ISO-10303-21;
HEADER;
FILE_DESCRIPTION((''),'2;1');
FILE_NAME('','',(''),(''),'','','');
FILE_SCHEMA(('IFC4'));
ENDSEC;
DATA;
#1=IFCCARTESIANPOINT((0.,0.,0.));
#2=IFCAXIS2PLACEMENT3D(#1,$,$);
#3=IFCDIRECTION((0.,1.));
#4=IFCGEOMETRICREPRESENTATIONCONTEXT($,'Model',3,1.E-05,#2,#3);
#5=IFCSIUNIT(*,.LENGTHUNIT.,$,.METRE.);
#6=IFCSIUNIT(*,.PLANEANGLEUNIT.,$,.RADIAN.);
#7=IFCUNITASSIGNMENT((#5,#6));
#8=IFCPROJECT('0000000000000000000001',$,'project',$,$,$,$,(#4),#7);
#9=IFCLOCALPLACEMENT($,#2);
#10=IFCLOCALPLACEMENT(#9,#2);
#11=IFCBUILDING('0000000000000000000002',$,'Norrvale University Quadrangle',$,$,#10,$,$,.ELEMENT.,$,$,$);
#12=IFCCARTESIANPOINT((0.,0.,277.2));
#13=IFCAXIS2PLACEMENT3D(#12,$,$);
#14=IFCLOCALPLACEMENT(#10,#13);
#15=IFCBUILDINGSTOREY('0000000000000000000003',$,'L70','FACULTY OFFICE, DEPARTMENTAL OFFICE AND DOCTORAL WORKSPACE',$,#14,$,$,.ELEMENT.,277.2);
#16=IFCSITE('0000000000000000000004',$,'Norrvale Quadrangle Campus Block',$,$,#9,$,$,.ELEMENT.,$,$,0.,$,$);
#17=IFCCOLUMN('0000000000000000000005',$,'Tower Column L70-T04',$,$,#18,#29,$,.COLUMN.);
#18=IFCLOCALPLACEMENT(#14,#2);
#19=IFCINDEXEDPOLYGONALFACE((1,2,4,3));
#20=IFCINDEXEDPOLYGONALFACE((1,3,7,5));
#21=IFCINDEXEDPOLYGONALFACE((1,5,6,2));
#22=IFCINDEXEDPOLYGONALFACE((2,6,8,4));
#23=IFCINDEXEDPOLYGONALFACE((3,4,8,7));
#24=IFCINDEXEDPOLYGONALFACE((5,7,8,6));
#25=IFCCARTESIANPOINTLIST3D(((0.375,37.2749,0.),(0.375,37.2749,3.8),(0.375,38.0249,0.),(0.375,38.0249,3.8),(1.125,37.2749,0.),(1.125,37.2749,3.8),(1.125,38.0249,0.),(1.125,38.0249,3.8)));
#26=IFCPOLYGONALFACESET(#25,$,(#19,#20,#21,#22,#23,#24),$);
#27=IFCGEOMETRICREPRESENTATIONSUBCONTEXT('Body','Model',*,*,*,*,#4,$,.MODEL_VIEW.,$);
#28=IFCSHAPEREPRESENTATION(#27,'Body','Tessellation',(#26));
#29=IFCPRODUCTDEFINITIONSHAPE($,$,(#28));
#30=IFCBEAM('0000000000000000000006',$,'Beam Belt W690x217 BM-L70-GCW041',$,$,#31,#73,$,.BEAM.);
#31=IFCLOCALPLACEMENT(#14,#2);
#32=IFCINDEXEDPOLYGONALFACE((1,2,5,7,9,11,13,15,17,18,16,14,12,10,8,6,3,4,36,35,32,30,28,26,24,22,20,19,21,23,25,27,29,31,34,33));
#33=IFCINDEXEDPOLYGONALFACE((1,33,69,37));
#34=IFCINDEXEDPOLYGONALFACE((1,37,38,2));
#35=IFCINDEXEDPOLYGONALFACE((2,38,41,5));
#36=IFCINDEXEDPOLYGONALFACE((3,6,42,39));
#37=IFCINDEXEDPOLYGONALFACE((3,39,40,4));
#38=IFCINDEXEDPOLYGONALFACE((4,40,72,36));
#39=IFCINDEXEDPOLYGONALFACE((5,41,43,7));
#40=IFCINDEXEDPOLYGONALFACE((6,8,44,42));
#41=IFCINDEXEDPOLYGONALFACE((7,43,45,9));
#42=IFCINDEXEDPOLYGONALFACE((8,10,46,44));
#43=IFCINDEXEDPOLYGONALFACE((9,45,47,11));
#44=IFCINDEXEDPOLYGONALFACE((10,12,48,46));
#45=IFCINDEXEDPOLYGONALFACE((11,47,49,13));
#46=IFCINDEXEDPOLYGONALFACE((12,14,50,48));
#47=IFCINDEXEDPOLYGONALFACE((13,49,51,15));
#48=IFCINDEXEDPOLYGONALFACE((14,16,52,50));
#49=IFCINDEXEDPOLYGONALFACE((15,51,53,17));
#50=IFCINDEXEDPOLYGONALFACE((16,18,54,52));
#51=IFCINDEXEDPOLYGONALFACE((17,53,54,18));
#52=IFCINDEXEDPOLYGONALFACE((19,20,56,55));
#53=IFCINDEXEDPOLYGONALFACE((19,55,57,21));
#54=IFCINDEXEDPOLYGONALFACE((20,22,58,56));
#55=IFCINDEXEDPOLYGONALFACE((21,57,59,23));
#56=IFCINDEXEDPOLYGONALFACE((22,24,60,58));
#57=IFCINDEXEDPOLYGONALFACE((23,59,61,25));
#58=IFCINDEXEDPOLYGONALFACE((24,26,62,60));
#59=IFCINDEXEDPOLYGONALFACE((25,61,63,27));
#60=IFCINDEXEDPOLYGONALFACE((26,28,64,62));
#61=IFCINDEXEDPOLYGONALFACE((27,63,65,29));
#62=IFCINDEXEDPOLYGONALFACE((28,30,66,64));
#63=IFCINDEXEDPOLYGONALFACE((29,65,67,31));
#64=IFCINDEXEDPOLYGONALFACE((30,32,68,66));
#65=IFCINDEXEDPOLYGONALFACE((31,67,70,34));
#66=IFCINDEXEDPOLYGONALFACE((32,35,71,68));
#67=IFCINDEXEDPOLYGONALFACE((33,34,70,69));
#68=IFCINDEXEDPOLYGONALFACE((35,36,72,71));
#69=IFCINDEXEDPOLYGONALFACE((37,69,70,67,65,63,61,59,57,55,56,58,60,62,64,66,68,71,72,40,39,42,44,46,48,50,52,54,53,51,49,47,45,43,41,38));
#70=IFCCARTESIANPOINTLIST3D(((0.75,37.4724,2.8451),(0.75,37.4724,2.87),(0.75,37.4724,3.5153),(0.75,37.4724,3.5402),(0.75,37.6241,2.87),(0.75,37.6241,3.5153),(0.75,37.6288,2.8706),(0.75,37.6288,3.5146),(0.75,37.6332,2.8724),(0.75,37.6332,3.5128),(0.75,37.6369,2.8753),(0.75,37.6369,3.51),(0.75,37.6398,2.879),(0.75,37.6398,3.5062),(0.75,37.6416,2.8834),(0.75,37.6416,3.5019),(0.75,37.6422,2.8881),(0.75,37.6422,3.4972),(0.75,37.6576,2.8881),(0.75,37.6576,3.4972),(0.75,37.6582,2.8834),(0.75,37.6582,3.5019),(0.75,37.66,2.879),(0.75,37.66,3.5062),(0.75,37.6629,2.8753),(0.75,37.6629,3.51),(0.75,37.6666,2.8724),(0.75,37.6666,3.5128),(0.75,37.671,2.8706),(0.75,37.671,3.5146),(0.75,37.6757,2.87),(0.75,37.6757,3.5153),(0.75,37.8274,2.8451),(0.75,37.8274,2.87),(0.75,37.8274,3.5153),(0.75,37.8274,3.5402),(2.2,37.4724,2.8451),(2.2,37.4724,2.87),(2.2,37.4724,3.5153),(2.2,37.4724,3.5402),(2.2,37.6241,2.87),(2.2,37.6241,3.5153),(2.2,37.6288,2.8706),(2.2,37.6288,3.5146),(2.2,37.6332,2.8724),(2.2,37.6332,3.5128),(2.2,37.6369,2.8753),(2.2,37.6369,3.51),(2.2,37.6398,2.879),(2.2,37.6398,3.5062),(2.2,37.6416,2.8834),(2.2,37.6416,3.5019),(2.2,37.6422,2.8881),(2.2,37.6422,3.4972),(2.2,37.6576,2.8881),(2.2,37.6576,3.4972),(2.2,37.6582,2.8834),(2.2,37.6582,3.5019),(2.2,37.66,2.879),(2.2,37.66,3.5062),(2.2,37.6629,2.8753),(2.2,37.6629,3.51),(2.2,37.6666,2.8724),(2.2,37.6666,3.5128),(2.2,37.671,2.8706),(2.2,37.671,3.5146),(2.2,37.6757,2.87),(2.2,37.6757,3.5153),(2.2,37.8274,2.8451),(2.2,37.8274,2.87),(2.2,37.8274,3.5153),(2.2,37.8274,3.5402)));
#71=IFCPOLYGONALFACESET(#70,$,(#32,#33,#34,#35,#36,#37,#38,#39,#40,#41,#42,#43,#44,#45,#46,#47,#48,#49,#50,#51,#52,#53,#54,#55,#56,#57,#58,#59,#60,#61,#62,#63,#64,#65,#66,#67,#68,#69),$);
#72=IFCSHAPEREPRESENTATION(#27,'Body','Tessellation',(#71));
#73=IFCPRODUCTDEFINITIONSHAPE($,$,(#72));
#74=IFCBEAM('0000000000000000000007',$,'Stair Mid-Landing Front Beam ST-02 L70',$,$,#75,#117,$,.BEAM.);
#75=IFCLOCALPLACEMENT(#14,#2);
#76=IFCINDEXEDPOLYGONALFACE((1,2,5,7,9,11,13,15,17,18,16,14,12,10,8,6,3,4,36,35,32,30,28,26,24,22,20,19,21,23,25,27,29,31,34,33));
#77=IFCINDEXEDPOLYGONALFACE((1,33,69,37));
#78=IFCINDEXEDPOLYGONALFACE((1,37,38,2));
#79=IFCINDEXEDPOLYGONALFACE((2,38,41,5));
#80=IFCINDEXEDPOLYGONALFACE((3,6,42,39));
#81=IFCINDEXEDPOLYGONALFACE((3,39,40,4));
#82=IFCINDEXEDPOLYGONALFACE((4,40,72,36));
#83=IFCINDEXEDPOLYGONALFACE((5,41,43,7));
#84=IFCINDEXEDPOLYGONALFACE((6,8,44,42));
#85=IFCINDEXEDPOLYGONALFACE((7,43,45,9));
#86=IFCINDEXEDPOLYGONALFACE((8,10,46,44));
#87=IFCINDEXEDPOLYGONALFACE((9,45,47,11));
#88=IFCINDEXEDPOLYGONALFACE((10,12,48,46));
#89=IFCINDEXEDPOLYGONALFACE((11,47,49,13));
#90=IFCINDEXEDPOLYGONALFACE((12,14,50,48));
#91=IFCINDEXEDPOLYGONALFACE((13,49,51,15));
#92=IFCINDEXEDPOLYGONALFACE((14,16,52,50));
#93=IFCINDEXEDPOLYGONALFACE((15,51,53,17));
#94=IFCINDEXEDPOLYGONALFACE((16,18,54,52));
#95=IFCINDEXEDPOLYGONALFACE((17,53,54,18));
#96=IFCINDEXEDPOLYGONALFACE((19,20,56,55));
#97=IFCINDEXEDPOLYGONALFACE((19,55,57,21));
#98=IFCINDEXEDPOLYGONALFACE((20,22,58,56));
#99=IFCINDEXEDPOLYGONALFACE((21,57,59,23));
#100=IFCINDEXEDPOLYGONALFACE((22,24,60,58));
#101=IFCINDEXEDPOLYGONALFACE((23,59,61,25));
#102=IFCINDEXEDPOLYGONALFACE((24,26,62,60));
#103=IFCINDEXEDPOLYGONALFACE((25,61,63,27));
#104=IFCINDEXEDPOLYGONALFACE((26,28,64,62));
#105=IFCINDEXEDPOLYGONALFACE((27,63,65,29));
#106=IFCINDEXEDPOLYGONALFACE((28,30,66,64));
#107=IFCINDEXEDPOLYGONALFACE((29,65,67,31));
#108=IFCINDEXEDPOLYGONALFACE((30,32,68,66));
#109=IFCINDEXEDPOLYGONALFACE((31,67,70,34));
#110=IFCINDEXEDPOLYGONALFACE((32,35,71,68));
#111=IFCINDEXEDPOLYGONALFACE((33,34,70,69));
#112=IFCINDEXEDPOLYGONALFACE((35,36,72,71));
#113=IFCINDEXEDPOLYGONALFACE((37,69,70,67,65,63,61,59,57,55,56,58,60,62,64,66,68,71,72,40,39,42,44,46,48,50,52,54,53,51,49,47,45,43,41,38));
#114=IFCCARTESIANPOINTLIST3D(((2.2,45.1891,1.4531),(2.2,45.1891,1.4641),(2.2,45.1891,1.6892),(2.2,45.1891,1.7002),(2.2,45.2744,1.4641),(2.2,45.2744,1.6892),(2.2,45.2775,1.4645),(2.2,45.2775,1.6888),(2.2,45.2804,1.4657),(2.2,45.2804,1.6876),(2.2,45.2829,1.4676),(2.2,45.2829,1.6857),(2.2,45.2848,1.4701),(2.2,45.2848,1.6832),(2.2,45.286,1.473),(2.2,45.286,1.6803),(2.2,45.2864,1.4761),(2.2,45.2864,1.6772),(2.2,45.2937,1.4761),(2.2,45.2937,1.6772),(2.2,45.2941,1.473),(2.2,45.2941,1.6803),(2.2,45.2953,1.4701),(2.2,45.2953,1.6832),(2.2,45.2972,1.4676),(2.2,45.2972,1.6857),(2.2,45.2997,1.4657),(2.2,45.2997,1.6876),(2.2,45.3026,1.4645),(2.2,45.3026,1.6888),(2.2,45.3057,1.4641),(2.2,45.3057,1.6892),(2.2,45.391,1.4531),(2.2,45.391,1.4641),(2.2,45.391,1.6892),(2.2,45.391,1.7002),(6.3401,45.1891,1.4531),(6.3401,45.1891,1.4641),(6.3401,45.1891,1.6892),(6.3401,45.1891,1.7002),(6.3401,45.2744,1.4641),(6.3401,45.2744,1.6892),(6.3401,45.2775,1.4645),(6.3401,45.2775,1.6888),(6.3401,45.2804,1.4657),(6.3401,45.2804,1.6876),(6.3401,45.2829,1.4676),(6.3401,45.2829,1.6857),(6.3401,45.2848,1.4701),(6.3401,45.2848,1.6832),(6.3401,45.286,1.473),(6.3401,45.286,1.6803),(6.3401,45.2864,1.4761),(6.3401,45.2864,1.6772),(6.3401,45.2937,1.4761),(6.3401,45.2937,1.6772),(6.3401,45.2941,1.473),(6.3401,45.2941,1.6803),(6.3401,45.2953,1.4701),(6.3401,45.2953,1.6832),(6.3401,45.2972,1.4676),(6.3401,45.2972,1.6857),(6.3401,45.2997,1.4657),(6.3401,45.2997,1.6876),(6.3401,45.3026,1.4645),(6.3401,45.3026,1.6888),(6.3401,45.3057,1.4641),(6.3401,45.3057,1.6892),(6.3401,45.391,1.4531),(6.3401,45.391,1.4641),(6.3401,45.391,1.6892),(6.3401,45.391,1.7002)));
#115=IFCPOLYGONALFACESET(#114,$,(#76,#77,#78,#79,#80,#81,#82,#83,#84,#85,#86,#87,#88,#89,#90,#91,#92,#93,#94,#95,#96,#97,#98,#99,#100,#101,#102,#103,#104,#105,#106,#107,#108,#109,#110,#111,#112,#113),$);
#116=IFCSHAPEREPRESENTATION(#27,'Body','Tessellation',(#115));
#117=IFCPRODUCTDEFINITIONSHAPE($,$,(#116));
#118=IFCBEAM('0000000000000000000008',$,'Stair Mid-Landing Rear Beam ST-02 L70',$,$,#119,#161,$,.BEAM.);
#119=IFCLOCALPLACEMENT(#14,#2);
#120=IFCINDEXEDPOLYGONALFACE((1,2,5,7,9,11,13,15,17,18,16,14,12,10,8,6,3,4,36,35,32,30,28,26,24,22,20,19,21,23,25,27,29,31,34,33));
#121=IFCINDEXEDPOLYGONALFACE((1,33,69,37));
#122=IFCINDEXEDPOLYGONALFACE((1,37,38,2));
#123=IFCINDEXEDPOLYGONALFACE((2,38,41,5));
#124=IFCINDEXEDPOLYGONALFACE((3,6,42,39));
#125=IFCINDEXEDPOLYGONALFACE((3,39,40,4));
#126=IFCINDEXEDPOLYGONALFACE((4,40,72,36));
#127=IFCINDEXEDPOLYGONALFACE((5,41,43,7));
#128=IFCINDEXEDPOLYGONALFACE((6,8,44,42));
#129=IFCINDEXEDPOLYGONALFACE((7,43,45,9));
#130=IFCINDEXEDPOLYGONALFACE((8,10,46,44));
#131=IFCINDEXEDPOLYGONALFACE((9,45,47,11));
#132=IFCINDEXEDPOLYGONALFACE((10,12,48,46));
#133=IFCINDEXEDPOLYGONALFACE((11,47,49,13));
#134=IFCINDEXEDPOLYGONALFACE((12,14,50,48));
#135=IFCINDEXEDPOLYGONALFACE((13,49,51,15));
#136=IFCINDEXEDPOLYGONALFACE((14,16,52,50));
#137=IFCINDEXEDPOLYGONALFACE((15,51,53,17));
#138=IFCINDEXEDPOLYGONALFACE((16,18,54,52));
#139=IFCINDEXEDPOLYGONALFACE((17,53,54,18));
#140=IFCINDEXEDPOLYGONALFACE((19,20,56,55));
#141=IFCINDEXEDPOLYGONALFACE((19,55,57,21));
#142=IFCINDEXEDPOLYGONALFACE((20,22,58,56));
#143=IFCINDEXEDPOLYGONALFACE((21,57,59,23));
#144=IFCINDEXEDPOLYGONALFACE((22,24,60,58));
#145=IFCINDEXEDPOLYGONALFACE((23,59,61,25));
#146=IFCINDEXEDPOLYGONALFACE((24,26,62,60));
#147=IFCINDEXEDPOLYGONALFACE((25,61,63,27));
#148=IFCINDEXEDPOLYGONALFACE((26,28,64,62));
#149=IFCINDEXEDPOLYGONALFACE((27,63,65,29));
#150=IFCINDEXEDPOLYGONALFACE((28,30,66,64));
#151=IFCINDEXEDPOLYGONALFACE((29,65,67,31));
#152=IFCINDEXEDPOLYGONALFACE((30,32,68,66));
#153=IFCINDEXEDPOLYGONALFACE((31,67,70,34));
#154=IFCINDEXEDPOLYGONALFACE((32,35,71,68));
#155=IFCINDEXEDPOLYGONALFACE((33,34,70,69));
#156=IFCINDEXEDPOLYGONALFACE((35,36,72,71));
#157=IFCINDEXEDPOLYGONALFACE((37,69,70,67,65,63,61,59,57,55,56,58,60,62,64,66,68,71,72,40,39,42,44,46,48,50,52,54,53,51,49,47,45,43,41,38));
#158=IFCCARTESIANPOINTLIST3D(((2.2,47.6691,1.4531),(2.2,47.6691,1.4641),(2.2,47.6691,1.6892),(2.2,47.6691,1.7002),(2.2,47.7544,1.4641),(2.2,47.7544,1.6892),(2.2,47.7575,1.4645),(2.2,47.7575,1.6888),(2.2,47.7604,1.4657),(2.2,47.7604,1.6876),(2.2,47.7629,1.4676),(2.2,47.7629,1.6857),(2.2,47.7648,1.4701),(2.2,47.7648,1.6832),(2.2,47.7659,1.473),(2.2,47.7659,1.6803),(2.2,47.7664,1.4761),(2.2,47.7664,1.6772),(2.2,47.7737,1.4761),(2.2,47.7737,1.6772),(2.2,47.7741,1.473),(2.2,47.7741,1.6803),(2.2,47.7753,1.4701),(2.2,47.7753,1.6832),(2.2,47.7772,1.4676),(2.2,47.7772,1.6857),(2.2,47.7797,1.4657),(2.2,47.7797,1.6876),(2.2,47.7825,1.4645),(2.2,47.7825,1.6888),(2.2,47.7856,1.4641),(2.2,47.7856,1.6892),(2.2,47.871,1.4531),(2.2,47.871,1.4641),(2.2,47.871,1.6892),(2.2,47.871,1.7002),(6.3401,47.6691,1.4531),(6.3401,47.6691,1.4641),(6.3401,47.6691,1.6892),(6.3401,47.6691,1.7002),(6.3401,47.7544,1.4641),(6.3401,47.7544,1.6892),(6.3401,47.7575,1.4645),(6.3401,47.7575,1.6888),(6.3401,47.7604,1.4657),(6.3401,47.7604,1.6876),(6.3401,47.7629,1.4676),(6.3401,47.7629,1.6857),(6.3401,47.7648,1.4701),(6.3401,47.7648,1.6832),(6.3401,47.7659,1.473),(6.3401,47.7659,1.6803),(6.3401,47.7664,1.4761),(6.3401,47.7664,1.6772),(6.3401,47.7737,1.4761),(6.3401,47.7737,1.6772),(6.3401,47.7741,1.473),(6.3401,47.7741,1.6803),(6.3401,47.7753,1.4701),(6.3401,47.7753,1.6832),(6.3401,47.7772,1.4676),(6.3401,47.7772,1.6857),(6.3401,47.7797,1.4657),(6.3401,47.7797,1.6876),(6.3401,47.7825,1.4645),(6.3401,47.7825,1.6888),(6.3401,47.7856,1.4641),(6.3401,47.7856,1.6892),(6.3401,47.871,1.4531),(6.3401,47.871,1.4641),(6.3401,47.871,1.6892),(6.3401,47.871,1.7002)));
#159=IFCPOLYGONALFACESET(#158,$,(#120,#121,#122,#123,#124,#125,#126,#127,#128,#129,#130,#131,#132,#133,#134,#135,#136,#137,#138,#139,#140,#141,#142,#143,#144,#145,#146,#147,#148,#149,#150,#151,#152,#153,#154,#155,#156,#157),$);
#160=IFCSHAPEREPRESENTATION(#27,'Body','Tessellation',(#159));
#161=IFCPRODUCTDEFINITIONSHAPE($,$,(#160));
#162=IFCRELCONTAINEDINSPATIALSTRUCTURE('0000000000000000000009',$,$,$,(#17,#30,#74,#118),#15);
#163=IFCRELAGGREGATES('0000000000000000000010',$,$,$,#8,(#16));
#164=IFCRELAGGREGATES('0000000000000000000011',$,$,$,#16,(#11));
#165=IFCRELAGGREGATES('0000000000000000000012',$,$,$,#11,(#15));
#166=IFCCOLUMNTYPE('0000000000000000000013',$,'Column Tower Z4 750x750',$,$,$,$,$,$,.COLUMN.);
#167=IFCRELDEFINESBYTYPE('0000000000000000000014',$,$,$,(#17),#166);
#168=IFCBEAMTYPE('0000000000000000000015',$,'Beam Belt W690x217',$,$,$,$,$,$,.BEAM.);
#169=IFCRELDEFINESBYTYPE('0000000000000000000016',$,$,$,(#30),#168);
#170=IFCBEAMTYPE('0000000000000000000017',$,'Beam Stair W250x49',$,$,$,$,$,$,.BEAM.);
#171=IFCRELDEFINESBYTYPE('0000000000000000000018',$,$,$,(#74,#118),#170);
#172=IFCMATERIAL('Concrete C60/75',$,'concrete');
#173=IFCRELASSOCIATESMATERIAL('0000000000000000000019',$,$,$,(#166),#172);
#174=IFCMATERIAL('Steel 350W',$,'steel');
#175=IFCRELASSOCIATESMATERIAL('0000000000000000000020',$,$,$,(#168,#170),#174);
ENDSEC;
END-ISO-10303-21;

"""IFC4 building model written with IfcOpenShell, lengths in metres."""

from ifc_helpers import new_model, si_unit, direction, frame, origin, origin_2d, place, context, subcontext, project, spatial, rectangle, i_section, extrude, material, material_profile, profile_set, type_object, element, save


model = new_model("IFC4")

# Units and contexts
model_context = context("Model", 3, precision=1e-05, world=origin(), true_north=direction((0.0, 1.0)))
body_context = subcontext(model_context, "Body", "Model", "MODEL_VIEW")
ifc_project = project(units=[si_unit("LENGTHUNIT", "METRE"), si_unit("PLANEANGLEUNIT", "RADIAN")], contexts=[model_context])

# Site, building, storey
site_placement = place(None, origin())
site = spatial("IfcSite", under=ifc_project, at=site_placement, Name="Norrvale Quadrangle Campus Block", CompositionType="ELEMENT", RefElevation=0.0)
building_placement = place(site_placement, origin())
building = spatial("IfcBuilding", under=site, at=building_placement, Name="Norrvale University Quadrangle", CompositionType="ELEMENT")
storey_placement = place(building_placement, frame((0.0, 0.0, 277.2)))
storey = spatial("IfcBuildingStorey", under=building, at=storey_placement, Name="L70", Description="FACULTY OFFICE, DEPARTMENTAL OFFICE AND DOCTORAL WORKSPACE", CompositionType="ELEMENT", Elevation=277.2)

# Column
ifc_material_1 = material(Name="Concrete C60/75", Category="concrete")
ifc_material_profile_1 = material_profile(ifc_material_1, rectangle(XDim=0.75, YDim=0.75, at=origin_2d()), Name="Concrete C60/75")
ifc_profile_set_1 = profile_set([ifc_material_profile_1], Name="Concrete C60/75")
column_type = type_object("IfcColumnType", Name="Column Tower Z4 750x750", PredefinedType="COLUMN", material=ifc_profile_set_1)
column_placement = place(storey_placement, frame((0.75, 37.6499, 0.0), z_axis=(0.0, 0.0, 1.0), x_axis=(1.0, 0.0, 0.0)))
element("IfcColumn", 1, at=column_placement, inside=storey, type_object=column_type, Name="Tower Column L70-T04", PredefinedType="COLUMN", context=body_context, shape_type="SweptSolid", body=[
    extrude(rectangle(XDim=0.75, YDim=0.75, at=origin_2d()), origin(), (0.0, 0.0, 1.0), 3.8),
])

# Beams
ifc_material_2 = material(Name="Steel 350W", Category="steel")
ifc_material_profile_2 = material_profile(ifc_material_2, i_section(OverallWidth=0.355, OverallDepth=0.6951, WebThickness=0.0154, FlangeThickness=0.0249, FilletRadius=0.0181, at=origin_2d()), Name="Steel 350W")
ifc_profile_set_2 = profile_set([ifc_material_profile_2], Name="Steel 350W")
beam_type_1 = type_object("IfcBeamType", Name="Beam Belt W690x217", PredefinedType="BEAM", material=ifc_profile_set_2)
beam_1_placement = place(storey_placement, frame((0.75, 37.6499, 3.1926), z_axis=(1.0, 0.0, 0.0), x_axis=(0.0, 1.0, 0.0)))
element("IfcBeam", 2, at=beam_1_placement, inside=storey, type_object=beam_type_1, Name="Beam Belt W690x217 BM-L70-GCW041", PredefinedType="BEAM", context=body_context, shape_type="SweptSolid", body=[
    extrude(i_section(OverallWidth=0.355, OverallDepth=0.6951, WebThickness=0.0154, FlangeThickness=0.0249, FilletRadius=0.0181, at=origin_2d()), origin(), (0.0, 0.0, 1.0), 1.45),
])
ifc_material_profile_3 = material_profile(ifc_material_2, i_section(OverallWidth=0.2019, OverallDepth=0.2471, WebThickness=0.0073, FlangeThickness=0.011, FilletRadius=0.012, at=origin_2d()), Name="Steel 350W")
ifc_profile_set_3 = profile_set([ifc_material_profile_3], Name="Steel 350W")
beam_type_2 = type_object("IfcBeamType", Name="Beam Stair W250x49", PredefinedType="BEAM", material=ifc_profile_set_3)
for number, where, z_axis, x_axis, name in (
    (3, (2.2, 45.29, 1.5767), (1.0, 0.0, 0.0), (0.0, 1.0, 0.0), "Stair Mid-Landing Front Beam ST-02 L70"),
    (4, (2.2, 47.77, 1.5767), (1.0, 0.0, 0.0), (0.0, 1.0, 0.0), "Stair Mid-Landing Rear Beam ST-02 L70"),
):
    element("IfcBeam", number, at=place(storey_placement, frame(where, z_axis=z_axis, x_axis=x_axis)), inside=storey, type_object=beam_type_2, Name=name, PredefinedType="BEAM", context=body_context, shape_type="SweptSolid", body=[
        extrude(i_section(OverallWidth=0.2019, OverallDepth=0.2471, WebThickness=0.0073, FlangeThickness=0.011, FilletRadius=0.012, at=origin_2d()), origin(), (0.0, 0.0, 1.0), 4.1401),
    ])

save(model, "model.ifc")
